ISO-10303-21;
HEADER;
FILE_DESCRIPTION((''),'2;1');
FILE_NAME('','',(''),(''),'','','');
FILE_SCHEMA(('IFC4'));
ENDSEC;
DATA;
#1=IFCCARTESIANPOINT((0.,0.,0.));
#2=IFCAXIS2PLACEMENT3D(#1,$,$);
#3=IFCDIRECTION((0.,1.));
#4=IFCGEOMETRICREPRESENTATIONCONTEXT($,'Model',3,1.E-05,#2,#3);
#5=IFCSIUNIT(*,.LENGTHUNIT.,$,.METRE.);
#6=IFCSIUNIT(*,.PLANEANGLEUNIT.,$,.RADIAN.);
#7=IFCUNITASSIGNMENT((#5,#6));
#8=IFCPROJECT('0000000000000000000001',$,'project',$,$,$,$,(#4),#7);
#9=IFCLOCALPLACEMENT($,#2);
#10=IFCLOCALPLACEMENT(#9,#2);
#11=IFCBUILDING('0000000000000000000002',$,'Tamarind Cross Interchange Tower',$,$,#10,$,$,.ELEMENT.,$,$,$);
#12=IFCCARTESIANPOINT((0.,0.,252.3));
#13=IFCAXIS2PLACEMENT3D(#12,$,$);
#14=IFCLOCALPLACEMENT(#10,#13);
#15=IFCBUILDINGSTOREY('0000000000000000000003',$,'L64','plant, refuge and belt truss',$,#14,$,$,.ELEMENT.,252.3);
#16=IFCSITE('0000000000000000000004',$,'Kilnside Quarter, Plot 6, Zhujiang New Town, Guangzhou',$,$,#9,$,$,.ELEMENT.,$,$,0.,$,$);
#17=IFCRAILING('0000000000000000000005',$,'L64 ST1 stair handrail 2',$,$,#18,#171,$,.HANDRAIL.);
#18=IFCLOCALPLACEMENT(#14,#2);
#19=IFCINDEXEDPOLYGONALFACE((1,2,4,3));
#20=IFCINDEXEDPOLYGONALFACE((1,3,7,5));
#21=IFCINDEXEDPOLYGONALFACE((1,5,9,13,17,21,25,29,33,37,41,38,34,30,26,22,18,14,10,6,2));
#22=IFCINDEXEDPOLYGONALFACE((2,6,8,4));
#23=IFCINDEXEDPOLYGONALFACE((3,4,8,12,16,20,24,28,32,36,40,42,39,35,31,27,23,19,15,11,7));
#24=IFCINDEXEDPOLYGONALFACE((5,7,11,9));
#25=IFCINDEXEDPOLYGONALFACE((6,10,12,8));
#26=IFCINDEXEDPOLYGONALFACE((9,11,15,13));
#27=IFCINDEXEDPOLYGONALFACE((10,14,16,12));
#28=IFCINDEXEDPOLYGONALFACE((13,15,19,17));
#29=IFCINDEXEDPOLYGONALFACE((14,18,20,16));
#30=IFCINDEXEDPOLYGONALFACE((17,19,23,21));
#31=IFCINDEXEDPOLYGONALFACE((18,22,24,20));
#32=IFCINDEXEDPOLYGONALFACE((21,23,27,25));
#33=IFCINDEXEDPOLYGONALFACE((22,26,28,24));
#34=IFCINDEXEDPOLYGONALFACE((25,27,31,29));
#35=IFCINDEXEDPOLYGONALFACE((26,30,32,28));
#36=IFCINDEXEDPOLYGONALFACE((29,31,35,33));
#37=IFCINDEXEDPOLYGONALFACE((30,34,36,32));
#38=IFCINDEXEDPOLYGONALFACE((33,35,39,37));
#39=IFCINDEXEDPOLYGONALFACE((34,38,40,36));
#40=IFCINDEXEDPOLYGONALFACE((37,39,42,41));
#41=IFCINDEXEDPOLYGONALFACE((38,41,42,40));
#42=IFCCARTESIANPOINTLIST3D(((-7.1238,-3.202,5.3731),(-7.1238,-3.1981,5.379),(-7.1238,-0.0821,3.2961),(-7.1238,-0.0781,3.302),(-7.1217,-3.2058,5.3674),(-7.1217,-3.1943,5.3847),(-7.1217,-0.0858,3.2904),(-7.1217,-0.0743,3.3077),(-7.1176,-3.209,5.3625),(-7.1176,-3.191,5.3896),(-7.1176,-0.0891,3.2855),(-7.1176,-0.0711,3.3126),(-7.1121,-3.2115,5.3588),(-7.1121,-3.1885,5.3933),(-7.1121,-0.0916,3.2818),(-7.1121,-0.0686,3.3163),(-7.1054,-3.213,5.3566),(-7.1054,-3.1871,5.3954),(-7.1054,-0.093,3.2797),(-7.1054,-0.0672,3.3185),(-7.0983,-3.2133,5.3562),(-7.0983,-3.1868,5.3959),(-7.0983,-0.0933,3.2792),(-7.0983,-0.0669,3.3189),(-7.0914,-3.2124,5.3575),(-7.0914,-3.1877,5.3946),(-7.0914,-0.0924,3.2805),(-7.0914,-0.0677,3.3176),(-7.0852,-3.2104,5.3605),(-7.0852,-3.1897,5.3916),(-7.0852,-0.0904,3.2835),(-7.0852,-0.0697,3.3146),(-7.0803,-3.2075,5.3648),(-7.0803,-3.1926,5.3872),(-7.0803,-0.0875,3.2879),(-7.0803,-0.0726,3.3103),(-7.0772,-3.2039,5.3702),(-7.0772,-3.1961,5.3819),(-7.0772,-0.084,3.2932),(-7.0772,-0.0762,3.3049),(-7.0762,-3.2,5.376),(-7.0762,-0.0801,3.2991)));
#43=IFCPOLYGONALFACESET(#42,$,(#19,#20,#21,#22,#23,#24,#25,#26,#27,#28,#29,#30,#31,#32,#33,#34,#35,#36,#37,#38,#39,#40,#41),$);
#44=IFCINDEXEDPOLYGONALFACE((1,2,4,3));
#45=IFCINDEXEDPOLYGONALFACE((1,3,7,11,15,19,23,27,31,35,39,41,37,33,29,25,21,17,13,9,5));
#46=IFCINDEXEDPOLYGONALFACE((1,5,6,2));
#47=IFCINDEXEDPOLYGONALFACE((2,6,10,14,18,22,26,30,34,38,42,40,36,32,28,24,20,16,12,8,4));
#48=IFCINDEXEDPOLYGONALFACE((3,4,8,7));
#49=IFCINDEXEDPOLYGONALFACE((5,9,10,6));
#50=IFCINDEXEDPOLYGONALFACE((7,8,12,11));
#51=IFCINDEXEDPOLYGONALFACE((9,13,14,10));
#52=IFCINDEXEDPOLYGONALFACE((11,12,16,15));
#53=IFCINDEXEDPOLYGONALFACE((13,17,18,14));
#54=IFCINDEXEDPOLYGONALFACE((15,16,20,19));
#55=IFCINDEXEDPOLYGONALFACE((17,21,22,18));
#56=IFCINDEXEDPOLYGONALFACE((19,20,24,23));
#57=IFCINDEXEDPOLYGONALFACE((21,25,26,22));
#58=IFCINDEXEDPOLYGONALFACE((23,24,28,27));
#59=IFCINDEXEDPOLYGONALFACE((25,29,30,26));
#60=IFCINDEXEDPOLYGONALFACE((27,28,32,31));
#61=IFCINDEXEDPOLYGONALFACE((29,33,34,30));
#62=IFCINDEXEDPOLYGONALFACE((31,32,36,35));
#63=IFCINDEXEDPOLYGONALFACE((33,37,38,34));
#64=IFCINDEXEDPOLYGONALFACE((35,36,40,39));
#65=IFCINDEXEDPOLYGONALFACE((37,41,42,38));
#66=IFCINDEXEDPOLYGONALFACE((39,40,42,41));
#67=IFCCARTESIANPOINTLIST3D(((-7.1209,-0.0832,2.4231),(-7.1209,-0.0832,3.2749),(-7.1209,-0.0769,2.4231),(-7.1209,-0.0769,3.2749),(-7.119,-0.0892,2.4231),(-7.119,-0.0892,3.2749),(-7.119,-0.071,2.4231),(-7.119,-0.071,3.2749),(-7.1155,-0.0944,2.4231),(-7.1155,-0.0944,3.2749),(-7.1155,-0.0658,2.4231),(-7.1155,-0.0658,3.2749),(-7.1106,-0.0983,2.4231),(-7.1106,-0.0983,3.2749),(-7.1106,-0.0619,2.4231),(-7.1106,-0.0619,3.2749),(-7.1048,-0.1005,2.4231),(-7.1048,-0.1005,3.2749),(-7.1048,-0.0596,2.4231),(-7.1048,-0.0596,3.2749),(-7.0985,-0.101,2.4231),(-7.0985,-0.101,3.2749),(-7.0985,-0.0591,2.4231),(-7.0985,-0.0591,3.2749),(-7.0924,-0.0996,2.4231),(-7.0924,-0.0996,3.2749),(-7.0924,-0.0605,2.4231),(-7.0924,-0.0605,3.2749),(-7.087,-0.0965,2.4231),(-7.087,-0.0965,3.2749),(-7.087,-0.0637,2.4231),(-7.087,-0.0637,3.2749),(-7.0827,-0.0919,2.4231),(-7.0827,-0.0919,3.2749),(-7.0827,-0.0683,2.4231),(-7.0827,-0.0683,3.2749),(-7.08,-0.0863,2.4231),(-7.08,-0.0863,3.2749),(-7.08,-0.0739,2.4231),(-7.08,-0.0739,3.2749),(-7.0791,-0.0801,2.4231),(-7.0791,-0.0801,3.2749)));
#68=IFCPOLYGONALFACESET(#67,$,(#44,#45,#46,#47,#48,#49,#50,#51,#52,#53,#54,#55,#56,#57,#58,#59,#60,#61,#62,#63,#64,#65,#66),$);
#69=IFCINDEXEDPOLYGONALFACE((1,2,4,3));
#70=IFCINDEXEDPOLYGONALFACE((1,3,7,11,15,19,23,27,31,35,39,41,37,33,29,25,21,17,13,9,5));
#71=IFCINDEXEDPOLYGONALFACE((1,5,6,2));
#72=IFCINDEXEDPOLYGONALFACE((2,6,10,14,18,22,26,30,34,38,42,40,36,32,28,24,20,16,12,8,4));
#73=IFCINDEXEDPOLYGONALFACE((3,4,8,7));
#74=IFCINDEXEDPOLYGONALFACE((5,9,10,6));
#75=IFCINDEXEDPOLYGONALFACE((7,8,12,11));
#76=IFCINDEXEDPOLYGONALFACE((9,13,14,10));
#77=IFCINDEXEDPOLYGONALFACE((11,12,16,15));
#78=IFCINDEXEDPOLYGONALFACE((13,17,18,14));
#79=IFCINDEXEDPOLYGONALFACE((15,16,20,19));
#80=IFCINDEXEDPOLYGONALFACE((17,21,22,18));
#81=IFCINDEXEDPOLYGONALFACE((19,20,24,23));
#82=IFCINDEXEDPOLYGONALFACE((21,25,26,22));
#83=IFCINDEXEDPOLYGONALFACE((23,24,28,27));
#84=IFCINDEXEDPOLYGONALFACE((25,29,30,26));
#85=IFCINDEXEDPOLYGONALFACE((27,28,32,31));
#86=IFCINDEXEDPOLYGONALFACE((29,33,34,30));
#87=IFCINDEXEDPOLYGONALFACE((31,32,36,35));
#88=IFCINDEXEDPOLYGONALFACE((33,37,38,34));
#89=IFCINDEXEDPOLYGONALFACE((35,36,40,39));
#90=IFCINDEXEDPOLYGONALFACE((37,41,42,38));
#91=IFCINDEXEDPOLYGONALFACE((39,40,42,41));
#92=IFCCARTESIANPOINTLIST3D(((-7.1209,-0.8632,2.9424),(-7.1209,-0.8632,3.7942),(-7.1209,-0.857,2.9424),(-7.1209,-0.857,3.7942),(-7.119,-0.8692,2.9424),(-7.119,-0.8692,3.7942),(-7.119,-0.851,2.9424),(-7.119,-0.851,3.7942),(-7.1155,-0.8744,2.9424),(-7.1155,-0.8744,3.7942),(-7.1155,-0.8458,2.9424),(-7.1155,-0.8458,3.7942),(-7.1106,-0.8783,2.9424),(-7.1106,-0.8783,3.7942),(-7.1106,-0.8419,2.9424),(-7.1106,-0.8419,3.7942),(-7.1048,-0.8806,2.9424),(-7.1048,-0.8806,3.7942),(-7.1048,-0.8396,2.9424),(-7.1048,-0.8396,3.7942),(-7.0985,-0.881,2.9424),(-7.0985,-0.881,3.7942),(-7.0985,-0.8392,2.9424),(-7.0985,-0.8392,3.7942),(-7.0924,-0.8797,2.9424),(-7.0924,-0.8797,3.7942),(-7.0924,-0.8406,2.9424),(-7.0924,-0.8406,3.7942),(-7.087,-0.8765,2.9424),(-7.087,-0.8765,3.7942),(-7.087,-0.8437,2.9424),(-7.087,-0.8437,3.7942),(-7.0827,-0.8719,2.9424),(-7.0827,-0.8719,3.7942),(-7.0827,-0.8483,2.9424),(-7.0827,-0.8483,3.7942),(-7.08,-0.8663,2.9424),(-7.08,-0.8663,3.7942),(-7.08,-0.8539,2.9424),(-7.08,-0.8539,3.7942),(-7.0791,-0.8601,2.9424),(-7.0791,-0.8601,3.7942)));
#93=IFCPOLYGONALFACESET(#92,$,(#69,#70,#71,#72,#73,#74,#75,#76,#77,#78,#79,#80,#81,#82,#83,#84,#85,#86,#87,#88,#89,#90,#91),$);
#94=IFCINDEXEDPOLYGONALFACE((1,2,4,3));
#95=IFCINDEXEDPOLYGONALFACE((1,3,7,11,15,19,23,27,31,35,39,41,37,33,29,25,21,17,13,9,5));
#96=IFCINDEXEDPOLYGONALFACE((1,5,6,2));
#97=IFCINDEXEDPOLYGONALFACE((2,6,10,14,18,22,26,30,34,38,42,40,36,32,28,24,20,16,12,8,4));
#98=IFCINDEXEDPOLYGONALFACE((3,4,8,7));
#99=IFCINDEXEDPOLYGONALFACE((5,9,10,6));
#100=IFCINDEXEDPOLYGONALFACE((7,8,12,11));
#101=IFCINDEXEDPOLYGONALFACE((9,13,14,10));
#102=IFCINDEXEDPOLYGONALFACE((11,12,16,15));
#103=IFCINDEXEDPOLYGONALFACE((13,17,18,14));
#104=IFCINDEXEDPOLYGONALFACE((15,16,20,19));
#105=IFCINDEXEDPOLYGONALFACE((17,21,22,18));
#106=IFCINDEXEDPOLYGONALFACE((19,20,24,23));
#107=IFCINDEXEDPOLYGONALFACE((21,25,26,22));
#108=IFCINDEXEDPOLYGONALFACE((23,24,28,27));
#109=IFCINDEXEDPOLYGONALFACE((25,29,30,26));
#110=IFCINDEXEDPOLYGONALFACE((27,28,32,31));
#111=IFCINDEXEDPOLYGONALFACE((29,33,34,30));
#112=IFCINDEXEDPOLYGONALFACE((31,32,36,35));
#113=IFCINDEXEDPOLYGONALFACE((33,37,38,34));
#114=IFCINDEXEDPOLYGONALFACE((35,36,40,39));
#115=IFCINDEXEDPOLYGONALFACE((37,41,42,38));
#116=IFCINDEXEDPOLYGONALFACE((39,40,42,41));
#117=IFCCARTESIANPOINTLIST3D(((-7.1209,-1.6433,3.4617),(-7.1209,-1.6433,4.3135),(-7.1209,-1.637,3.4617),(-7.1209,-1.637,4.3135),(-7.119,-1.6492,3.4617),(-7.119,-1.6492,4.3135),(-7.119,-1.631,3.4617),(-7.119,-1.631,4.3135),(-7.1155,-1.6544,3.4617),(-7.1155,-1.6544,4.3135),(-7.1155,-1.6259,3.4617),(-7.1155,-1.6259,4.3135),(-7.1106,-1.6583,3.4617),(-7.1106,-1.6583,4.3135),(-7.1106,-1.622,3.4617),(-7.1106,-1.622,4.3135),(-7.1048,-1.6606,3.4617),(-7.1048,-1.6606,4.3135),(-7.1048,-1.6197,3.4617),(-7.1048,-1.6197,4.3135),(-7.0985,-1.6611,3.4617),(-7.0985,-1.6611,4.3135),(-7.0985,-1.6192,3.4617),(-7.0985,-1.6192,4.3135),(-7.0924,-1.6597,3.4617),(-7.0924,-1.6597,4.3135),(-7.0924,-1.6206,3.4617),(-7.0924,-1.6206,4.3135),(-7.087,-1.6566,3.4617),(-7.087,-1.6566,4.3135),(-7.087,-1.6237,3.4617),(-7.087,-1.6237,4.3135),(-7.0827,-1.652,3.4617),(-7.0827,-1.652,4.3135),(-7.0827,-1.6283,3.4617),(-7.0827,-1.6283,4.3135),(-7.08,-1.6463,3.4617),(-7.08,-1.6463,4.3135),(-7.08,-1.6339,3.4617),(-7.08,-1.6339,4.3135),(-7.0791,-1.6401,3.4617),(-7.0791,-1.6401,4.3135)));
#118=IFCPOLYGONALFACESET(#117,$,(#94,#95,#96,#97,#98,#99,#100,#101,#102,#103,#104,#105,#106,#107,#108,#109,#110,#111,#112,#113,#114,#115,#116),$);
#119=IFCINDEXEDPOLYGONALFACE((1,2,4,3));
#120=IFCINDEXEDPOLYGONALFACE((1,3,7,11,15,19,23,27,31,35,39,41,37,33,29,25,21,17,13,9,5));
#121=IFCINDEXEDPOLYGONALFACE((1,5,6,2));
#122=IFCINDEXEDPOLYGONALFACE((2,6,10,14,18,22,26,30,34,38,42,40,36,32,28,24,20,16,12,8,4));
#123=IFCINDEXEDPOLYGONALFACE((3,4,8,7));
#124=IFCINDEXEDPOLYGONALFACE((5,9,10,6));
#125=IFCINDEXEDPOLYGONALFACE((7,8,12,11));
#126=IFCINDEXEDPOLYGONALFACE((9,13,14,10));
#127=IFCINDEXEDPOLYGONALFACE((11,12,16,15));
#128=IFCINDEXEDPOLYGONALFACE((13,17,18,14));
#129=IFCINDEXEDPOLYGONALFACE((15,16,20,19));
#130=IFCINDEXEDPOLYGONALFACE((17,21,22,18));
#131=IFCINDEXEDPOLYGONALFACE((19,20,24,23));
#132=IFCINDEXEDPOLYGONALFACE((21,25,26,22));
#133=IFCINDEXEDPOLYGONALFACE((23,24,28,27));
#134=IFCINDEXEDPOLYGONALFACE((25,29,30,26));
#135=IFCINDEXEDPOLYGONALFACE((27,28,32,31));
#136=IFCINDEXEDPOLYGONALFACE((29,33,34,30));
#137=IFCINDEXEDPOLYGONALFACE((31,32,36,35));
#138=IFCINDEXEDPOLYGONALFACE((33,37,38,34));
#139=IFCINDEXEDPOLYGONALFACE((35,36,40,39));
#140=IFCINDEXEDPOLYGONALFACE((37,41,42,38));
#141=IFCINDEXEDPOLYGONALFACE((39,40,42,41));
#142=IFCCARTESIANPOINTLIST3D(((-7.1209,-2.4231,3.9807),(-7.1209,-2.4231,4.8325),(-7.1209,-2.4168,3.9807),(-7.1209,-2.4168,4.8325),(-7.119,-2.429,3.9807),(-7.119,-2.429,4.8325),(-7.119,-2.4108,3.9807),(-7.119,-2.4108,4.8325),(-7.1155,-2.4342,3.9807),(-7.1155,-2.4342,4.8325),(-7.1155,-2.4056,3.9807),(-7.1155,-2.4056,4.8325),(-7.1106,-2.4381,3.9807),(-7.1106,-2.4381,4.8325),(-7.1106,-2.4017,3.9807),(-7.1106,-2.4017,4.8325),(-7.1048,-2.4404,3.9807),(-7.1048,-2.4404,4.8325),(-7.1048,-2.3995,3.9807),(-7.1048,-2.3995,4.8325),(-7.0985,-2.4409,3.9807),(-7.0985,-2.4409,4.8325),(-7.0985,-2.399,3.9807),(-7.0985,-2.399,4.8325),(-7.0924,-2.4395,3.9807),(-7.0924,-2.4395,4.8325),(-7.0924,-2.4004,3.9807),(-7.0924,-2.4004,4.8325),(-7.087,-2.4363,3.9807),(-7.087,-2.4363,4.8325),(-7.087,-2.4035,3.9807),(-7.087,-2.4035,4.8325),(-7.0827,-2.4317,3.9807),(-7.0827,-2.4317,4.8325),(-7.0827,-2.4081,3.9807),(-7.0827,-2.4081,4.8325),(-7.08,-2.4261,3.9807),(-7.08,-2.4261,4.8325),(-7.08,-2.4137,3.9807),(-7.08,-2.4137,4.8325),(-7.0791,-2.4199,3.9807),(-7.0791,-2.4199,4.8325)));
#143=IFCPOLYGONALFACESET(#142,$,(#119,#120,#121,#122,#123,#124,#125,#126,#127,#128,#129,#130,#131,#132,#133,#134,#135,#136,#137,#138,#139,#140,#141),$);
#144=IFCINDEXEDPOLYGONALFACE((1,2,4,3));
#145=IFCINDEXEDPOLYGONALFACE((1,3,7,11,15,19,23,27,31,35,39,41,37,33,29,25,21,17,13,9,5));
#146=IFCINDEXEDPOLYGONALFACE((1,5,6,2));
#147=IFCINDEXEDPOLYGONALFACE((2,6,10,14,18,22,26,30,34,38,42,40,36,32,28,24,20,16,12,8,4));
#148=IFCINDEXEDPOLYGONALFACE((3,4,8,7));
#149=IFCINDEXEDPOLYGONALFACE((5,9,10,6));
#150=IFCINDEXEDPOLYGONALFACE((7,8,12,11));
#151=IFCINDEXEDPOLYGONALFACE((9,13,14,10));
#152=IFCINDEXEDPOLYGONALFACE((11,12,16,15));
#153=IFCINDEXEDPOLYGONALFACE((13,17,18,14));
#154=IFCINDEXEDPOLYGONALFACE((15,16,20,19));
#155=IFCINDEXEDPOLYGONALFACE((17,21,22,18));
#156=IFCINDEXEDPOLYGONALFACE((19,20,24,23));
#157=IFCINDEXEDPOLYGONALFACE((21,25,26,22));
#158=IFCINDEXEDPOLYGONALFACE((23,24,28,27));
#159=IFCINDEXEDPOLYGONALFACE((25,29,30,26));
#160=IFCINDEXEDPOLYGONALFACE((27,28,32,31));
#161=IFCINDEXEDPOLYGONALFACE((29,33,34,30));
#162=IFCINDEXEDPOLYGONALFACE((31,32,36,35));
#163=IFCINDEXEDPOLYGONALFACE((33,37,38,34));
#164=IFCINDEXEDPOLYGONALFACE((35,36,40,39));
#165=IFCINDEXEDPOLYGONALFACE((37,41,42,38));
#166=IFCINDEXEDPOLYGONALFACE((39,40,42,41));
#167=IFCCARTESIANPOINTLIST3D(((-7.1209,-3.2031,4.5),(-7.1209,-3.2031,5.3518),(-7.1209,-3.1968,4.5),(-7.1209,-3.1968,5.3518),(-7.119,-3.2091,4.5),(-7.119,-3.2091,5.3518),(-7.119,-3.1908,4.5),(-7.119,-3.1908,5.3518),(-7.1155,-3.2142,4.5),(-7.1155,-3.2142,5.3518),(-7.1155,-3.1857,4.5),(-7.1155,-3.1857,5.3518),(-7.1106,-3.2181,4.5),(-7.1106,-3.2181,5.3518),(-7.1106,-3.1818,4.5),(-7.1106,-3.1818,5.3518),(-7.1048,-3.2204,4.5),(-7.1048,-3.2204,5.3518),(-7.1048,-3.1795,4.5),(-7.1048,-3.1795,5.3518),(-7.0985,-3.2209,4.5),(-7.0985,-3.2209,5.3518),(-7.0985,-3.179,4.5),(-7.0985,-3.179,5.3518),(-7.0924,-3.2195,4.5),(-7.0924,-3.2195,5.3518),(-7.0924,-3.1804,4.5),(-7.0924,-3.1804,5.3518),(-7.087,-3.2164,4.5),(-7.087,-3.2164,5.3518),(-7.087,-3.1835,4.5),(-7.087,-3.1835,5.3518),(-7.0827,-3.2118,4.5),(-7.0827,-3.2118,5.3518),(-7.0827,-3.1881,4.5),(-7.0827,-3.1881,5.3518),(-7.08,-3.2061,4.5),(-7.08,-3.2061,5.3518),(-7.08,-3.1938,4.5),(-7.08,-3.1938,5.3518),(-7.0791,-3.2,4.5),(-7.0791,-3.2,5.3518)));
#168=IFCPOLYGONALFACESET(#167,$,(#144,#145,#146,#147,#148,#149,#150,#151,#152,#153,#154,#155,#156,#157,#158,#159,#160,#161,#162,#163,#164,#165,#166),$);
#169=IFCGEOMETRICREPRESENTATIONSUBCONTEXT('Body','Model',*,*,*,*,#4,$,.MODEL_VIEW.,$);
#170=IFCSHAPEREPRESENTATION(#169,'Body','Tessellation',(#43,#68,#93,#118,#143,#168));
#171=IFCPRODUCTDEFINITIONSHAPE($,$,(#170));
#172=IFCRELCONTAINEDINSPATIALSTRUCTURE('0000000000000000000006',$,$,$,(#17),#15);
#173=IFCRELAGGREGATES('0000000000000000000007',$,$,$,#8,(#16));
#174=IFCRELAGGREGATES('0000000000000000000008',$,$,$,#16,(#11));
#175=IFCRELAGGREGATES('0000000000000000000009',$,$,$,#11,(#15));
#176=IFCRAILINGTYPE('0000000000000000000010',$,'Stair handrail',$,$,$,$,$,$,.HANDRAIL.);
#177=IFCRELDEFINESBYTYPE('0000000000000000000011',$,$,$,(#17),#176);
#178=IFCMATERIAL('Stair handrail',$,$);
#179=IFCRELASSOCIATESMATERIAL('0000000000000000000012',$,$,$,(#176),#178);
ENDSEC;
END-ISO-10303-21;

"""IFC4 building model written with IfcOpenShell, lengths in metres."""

from ifc_helpers import new_model, si_unit, direction, frame, origin, origin_2d, place, context, subcontext, project, spatial, circle, extrude, material, type_object, element, save


model = new_model("IFC4")

# Units and contexts
model_context = context("Model", 3, precision=1e-05, world=origin(), true_north=direction((0.0, 1.0)))
body_context = subcontext(model_context, "Body", "Model", "MODEL_VIEW")
ifc_project = project(units=[si_unit("LENGTHUNIT", "METRE"), si_unit("PLANEANGLEUNIT", "RADIAN")], contexts=[model_context])

# Site, building, storey
site_placement = place(None, origin())
site = spatial("IfcSite", under=ifc_project, at=site_placement, Name="Kilnside Quarter, Plot 6, Zhujiang New Town, Guangzhou", CompositionType="ELEMENT", RefElevation=0.0)
building_placement = place(site_placement, origin())
building = spatial("IfcBuilding", under=site, at=building_placement, Name="Tamarind Cross Interchange Tower", CompositionType="ELEMENT")
storey_placement = place(building_placement, frame((0.0, 0.0, 252.3)))
storey = spatial("IfcBuildingStorey", under=building, at=storey_placement, Name="L64", Description="plant, refuge and belt truss", CompositionType="ELEMENT", Elevation=252.3)

# Railing
ifc_material_1 = material(Name="Stair handrail")
railing_type_1 = type_object("IfcRailingType", Name="Stair handrail", PredefinedType="HANDRAIL", material=ifc_material_1)
railing_1_placement = place(storey_placement, frame((-7.1001, -0.0801, 2.4231)))
element("IfcRailing", 1, at=railing_1_placement, inside=storey, type_object=railing_type_1, Name="L64 ST1 stair handrail 2", PredefinedType="HANDRAIL", context=body_context, shape_type="SweptSolid", body=[
    extrude(circle(Radius=0.0239, at=origin_2d()), frame((0.0, 0.0, 0.876), z_axis=(0.0, -0.832421, 0.554144), x_axis=(1.0, 0.0, 0.0)), (0.0, 0.0, 1.0), 3.748),
    extrude(circle(Radius=0.021, at=origin_2d()), origin(), (0.0, 0.0, 1.0), 0.8518),
    extrude(circle(Radius=0.021, at=origin_2d()), frame((0.0, -0.78, 0.5193)), (0.0, 0.0, 1.0), 0.8518),
    extrude(circle(Radius=0.021, at=origin_2d()), frame((0.0, -1.5601, 1.0386)), (0.0, 0.0, 1.0), 0.8518),
    extrude(circle(Radius=0.021, at=origin_2d()), frame((0.0, -2.3398, 1.5576)), (0.0, 0.0, 1.0), 0.8518),
    extrude(circle(Radius=0.021, at=origin_2d()), frame((0.0, -3.1199, 2.0769)), (0.0, 0.0, 1.0), 0.8518),
])

save(model, "model.ifc")
